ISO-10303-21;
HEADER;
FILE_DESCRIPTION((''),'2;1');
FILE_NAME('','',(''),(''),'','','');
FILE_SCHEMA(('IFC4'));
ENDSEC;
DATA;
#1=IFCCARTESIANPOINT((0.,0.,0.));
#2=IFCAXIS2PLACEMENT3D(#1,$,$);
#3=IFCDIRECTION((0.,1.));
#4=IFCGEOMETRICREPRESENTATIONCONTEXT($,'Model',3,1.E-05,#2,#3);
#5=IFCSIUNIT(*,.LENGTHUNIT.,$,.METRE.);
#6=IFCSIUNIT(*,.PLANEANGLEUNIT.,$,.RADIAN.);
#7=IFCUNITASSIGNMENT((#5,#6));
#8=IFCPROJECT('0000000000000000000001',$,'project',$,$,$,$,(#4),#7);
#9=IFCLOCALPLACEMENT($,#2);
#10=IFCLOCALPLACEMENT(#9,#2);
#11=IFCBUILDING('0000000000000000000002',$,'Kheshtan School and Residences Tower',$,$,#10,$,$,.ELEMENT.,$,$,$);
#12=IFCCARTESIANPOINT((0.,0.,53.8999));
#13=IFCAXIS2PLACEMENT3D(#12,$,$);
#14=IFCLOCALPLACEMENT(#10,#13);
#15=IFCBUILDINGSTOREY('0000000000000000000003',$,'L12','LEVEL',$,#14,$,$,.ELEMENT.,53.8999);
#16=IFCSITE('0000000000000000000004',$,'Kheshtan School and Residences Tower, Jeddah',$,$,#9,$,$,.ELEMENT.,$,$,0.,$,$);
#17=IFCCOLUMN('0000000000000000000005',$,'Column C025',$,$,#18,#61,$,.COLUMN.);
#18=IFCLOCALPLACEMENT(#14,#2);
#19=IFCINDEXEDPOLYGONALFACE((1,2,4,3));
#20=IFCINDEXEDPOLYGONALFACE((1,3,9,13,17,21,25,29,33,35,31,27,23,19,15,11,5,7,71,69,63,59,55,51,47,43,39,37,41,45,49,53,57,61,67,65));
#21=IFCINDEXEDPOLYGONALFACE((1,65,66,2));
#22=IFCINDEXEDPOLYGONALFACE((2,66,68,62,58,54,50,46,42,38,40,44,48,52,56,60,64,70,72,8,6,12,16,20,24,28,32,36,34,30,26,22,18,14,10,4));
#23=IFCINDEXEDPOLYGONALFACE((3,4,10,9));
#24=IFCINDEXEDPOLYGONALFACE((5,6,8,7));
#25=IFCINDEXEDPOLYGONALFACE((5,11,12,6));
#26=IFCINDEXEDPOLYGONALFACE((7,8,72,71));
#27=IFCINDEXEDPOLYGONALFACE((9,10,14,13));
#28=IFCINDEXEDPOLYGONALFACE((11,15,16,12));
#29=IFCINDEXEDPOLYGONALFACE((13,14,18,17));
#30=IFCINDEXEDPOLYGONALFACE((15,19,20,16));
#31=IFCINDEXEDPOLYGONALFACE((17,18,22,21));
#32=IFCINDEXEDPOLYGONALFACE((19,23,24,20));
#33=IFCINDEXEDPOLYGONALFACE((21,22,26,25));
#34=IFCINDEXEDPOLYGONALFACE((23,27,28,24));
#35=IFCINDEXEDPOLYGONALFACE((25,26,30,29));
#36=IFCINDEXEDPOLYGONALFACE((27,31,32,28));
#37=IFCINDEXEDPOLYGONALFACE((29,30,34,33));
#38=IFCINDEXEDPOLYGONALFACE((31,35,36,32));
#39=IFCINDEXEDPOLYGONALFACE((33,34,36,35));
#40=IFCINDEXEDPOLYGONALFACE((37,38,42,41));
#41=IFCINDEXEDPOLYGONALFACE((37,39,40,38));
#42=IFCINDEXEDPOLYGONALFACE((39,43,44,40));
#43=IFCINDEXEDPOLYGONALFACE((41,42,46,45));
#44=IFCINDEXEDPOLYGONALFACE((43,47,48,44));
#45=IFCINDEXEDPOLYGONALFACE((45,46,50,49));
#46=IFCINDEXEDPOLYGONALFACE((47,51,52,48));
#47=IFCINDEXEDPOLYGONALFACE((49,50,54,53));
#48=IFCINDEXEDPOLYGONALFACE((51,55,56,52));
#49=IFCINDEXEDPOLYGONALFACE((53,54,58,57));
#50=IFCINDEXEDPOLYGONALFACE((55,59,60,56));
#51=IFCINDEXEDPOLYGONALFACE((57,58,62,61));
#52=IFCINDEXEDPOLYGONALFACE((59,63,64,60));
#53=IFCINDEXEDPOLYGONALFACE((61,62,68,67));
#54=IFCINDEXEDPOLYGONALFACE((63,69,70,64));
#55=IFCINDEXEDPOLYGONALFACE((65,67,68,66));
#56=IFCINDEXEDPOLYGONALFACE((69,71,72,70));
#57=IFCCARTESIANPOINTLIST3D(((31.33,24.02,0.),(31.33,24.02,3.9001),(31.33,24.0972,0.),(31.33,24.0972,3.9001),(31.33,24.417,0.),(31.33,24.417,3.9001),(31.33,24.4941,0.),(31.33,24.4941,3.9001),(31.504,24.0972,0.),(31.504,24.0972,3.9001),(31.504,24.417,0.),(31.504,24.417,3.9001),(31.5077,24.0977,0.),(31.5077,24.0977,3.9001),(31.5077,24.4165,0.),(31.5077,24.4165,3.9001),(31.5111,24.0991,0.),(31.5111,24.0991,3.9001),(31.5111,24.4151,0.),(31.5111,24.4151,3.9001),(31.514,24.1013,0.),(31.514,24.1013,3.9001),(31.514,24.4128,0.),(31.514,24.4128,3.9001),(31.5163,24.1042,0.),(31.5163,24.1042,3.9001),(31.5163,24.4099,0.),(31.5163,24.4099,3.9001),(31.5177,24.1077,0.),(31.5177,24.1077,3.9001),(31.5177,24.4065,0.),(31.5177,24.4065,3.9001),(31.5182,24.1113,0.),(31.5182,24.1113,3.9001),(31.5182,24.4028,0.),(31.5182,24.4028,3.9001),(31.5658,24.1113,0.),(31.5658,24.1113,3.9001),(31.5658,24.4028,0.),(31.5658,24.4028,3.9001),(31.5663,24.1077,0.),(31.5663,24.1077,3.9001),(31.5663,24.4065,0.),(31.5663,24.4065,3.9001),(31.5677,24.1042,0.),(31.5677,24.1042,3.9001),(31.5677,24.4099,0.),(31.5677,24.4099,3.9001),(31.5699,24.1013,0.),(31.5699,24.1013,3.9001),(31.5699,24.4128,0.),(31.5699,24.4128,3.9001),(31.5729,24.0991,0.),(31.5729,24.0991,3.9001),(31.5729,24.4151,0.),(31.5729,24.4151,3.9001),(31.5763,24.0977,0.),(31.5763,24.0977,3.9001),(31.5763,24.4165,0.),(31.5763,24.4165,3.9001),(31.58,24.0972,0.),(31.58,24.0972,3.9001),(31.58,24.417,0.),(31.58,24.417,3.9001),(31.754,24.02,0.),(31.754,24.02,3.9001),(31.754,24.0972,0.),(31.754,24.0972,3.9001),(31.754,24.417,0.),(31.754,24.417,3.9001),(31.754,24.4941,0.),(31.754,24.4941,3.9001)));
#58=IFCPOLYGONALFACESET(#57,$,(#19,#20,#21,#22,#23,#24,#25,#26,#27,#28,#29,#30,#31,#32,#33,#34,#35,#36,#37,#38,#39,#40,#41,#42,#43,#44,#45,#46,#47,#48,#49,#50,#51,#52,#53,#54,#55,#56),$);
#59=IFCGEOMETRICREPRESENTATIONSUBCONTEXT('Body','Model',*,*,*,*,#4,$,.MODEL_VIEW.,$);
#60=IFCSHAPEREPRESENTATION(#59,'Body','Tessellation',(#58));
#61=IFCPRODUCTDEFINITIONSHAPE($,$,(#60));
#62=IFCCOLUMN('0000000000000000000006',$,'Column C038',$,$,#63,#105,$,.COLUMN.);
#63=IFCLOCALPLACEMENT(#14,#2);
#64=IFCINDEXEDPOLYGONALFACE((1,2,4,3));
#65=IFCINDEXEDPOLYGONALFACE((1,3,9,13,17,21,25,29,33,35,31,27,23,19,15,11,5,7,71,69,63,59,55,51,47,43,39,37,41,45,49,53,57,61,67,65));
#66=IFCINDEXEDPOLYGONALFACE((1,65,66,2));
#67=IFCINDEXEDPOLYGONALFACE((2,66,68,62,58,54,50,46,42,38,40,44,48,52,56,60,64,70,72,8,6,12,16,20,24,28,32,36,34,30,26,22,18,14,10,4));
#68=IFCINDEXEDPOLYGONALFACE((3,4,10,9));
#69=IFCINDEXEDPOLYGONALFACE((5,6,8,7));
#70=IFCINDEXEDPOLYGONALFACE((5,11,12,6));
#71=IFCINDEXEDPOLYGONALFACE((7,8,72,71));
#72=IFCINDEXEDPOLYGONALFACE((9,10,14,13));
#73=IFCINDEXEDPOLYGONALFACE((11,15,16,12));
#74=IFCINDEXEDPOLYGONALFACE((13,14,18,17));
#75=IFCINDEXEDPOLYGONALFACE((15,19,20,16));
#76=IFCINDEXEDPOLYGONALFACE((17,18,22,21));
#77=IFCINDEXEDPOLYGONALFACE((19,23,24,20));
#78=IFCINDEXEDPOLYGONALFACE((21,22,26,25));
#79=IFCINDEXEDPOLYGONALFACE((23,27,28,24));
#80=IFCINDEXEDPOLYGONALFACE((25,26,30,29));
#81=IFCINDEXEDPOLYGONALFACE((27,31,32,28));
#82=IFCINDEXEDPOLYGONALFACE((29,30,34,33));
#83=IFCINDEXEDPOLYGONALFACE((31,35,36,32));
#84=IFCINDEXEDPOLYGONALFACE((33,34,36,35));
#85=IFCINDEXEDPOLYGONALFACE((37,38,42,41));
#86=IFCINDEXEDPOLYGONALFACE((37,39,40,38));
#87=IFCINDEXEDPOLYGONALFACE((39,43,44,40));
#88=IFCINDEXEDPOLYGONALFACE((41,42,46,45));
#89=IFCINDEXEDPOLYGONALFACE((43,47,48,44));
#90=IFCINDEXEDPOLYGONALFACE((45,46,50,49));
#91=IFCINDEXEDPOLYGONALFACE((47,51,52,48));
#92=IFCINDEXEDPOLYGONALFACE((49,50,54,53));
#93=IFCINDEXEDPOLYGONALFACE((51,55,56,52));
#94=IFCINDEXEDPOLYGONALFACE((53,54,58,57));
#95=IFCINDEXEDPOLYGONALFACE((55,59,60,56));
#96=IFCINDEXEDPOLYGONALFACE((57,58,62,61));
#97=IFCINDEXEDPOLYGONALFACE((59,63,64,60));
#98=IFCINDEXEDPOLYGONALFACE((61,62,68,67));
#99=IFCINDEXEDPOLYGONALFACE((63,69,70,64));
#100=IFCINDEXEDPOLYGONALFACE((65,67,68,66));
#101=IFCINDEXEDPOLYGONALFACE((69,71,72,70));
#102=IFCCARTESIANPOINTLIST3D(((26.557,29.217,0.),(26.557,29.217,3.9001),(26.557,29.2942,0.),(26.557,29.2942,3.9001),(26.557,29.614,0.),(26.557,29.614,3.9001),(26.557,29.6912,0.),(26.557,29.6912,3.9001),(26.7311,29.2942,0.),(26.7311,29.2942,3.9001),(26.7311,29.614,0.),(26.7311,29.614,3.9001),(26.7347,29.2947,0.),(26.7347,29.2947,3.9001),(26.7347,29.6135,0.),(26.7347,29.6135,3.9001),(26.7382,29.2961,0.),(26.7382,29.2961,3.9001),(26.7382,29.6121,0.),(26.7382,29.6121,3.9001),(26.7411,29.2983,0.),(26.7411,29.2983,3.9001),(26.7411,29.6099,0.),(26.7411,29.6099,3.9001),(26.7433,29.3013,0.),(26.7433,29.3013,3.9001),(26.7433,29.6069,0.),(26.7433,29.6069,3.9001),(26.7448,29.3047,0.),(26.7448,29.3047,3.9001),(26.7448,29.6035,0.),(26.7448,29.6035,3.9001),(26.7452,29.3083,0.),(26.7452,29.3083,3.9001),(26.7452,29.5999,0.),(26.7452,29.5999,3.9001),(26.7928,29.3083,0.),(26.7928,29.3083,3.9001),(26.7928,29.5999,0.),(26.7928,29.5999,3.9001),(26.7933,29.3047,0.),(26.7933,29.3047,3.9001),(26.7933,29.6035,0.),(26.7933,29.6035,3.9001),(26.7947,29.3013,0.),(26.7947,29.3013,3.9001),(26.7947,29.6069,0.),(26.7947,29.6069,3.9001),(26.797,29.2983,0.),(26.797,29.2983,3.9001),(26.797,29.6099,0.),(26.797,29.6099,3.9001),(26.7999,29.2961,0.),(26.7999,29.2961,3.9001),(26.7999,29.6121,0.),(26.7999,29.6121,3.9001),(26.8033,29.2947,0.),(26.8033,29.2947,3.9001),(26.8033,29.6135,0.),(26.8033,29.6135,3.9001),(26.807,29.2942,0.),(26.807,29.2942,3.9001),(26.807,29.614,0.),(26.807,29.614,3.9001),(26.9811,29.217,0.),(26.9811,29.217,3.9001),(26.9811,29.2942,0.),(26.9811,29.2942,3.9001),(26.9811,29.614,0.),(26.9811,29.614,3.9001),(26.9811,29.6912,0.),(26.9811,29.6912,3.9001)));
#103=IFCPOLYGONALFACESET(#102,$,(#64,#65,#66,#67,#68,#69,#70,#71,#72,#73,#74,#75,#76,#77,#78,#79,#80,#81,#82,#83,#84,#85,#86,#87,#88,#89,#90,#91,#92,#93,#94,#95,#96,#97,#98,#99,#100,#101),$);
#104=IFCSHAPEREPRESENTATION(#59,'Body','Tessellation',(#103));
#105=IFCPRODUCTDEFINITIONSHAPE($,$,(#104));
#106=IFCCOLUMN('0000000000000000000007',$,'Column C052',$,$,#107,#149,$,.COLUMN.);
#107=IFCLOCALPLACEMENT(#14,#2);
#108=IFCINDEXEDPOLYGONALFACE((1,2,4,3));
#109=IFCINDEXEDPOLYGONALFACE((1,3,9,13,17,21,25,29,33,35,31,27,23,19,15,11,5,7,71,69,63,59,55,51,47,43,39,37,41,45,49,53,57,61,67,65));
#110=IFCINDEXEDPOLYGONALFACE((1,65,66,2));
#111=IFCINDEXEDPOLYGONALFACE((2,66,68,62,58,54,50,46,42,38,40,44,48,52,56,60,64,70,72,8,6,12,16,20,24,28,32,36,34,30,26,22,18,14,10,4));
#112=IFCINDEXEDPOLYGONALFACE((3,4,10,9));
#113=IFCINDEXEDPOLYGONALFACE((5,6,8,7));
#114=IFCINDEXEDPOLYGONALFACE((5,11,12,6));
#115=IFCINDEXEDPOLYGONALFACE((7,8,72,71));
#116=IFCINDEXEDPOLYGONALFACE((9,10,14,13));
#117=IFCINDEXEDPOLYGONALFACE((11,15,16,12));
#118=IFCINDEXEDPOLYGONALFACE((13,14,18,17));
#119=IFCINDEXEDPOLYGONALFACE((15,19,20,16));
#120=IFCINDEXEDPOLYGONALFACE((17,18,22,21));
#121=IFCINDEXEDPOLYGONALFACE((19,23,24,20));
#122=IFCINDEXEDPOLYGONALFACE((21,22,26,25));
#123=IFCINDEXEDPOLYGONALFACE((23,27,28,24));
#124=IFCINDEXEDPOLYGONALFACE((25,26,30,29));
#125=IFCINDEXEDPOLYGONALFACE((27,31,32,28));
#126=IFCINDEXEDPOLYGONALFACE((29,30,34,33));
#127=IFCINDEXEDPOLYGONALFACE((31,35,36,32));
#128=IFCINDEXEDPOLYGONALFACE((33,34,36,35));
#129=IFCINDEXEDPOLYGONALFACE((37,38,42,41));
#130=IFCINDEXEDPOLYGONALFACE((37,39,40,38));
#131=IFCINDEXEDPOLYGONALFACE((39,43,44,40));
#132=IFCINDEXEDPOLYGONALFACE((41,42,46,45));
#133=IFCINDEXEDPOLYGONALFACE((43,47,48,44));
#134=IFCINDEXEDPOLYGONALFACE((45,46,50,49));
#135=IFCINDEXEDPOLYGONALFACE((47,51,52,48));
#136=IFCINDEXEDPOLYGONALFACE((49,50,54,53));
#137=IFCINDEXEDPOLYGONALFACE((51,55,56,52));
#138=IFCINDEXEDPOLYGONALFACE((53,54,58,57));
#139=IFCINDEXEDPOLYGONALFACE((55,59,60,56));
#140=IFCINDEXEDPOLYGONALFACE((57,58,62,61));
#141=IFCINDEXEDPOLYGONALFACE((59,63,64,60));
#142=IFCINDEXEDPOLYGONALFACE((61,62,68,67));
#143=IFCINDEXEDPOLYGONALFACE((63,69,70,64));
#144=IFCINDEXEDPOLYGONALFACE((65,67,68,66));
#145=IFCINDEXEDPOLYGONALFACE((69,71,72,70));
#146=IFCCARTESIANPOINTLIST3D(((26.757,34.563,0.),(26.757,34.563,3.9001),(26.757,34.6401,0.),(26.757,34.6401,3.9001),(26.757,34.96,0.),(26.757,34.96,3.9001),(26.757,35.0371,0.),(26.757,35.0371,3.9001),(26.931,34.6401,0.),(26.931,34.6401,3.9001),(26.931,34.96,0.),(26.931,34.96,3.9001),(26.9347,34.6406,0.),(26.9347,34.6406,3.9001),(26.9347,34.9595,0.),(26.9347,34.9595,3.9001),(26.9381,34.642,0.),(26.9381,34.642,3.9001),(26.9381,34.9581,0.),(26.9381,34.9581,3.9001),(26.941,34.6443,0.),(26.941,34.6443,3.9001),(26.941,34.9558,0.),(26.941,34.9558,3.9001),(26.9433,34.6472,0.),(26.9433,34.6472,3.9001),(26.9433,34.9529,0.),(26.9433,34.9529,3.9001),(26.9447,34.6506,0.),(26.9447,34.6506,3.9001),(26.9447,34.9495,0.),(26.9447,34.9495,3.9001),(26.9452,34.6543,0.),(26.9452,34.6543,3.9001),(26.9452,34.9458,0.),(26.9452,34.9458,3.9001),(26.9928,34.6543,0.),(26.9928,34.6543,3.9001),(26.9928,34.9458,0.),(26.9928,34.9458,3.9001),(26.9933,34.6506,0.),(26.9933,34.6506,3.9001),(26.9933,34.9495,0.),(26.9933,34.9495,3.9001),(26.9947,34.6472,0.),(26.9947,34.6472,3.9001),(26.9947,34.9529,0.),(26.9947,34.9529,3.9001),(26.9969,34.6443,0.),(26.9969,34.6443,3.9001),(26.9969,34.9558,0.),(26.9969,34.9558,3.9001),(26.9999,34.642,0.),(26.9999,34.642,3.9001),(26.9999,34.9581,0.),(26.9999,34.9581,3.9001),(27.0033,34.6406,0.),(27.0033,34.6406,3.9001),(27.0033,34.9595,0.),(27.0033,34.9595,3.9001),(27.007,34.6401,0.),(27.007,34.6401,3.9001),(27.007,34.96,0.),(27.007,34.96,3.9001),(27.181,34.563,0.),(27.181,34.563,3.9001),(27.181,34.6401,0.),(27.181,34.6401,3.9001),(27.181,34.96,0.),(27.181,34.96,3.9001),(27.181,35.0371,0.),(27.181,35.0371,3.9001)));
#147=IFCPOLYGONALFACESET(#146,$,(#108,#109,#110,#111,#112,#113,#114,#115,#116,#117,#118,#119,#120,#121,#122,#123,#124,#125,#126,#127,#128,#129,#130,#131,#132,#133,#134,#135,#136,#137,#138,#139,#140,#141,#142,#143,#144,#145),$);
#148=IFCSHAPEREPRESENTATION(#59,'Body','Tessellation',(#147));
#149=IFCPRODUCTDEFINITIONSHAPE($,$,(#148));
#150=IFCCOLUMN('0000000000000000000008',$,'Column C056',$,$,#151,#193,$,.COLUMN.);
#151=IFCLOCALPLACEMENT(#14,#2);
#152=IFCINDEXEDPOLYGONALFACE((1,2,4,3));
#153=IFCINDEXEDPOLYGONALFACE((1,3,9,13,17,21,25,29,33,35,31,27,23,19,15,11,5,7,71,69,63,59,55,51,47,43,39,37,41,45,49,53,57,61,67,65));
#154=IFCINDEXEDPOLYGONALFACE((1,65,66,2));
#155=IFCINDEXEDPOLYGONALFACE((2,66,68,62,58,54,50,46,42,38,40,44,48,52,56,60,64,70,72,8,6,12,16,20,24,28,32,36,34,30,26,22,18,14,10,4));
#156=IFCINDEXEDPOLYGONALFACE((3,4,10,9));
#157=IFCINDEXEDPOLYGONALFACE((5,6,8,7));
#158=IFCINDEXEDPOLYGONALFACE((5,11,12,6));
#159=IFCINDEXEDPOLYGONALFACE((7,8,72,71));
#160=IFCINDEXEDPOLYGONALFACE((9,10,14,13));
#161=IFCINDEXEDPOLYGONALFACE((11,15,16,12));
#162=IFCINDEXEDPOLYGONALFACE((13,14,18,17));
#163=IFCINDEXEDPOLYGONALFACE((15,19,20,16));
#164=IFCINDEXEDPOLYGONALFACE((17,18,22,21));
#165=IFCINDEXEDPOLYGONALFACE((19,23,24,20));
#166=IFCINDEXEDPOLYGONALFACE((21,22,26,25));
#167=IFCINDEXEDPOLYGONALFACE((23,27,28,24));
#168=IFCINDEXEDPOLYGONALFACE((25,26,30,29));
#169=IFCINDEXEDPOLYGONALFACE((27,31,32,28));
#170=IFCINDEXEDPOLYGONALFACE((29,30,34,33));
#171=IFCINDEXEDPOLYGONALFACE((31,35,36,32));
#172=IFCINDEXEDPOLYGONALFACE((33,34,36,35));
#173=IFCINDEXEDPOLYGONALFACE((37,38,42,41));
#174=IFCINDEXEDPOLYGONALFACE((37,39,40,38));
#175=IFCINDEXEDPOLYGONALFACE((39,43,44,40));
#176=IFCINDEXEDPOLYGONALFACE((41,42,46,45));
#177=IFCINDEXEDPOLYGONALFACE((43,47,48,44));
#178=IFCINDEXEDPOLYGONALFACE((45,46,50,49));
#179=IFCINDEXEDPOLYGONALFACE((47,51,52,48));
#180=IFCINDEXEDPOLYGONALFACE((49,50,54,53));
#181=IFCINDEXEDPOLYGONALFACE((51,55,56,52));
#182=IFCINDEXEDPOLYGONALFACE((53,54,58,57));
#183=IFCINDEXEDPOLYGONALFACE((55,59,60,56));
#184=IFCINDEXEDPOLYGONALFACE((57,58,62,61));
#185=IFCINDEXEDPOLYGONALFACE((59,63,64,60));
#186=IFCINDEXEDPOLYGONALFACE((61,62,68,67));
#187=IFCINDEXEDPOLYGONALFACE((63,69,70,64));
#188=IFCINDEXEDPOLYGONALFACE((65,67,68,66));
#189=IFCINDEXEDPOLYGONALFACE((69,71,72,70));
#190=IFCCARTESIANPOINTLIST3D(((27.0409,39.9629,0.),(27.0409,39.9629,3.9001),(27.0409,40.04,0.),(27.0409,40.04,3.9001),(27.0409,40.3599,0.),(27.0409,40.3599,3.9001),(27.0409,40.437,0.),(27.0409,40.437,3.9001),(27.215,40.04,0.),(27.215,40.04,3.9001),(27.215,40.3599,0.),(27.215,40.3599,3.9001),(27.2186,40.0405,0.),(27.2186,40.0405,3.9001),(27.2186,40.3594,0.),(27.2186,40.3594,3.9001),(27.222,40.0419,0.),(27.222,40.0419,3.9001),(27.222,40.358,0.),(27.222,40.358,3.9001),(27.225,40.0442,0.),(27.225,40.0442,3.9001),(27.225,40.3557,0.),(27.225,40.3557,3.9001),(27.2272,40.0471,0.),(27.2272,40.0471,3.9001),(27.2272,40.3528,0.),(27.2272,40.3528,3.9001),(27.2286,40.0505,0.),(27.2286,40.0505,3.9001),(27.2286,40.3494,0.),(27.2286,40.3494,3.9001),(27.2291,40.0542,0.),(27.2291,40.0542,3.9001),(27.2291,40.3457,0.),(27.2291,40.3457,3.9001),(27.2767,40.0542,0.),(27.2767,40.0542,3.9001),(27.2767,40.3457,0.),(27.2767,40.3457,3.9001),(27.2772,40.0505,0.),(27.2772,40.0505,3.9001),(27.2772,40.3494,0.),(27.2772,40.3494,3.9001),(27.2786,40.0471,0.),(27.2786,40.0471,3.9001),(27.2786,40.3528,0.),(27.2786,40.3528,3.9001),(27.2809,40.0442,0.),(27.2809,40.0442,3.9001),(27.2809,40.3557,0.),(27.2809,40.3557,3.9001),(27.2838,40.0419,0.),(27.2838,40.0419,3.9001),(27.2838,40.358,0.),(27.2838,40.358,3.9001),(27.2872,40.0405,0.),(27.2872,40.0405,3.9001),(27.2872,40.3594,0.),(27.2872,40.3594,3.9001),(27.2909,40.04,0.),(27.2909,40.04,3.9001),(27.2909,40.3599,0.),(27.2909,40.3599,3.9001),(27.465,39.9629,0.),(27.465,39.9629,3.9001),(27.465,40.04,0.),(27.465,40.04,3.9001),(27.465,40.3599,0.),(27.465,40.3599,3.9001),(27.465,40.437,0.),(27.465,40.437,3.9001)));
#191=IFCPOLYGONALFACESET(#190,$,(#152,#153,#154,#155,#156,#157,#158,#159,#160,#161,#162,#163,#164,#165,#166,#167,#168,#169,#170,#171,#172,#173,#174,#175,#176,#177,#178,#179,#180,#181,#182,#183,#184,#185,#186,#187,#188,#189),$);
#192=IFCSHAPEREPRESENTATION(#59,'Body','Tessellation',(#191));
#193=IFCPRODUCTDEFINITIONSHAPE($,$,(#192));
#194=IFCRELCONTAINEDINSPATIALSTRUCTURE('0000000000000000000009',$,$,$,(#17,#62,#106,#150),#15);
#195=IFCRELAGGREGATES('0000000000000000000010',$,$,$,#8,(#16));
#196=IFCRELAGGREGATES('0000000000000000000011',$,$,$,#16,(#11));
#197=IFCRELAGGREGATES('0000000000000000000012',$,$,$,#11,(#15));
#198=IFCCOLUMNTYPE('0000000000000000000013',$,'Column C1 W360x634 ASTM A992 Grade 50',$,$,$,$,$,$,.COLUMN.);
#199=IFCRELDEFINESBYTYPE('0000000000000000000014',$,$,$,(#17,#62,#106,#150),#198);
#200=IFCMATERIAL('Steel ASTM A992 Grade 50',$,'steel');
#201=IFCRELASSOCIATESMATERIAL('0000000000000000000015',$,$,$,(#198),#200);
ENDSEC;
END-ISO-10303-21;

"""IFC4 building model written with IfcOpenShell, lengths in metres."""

from ifc_helpers import new_model, si_unit, direction, frame, origin, origin_2d, place, context, subcontext, project, spatial, i_section, extrude, material, material_profile, profile_set, type_object, element, save


model = new_model("IFC4")

# Units and contexts
model_context = context("Model", 3, precision=1e-05, world=origin(), true_north=direction((0.0, 1.0)))
body_context = subcontext(model_context, "Body", "Model", "MODEL_VIEW")
ifc_project = project(units=[si_unit("LENGTHUNIT", "METRE"), si_unit("PLANEANGLEUNIT", "RADIAN")], contexts=[model_context])

# Site, building, storey
site_placement = place(None, origin())
site = spatial("IfcSite", under=ifc_project, at=site_placement, Name="Kheshtan School and Residences Tower, Jeddah", CompositionType="ELEMENT", RefElevation=0.0)
building_placement = place(site_placement, origin())
building = spatial("IfcBuilding", under=site, at=building_placement, Name="Kheshtan School and Residences Tower", CompositionType="ELEMENT")
storey_placement = place(building_placement, frame((0.0, 0.0, 53.8999)))
storey = spatial("IfcBuildingStorey", under=building, at=storey_placement, Name="L12", Description="LEVEL", CompositionType="ELEMENT", Elevation=53.8999)

# Columns
ifc_material_1 = material(Name="Steel ASTM A992 Grade 50", Category="steel")
ifc_material_profile_1 = material_profile(ifc_material_1, i_section(OverallWidth=0.4241, OverallDepth=0.4741, WebThickness=0.0476, FlangeThickness=0.0771, FilletRadius=0.0142, at=origin_2d()), Name="W360x634")
ifc_profile_set_1 = profile_set([ifc_material_profile_1], Name="Steel ASTM A992 Grade 50")
column_type = type_object("IfcColumnType", Name="Column C1 W360x634 ASTM A992 Grade 50", PredefinedType="COLUMN", material=ifc_profile_set_1)
for number, where, z_axis, x_axis, name in (
    (1, (31.542, 24.2571, 0.0), (0.0, 0.0, 1.0), (1.0, 0.0, 0.0), "Column C025"),
    (2, (26.769, 29.4541, 0.0), (0.0, 0.0, 1.0), (1.0, 0.0, 0.0), "Column C038"),
    (3, (26.969, 34.8, 0.0), (0.0, 0.0, 1.0), (1.0, 0.0, 0.0), "Column C052"),
    (4, (27.2529, 40.2, 0.0), (0.0, 0.0, 1.0), (1.0, 0.0, 0.0), "Column C056"),
):
    element("IfcColumn", number, at=place(storey_placement, frame(where, z_axis=z_axis, x_axis=x_axis)), inside=storey, type_object=column_type, Name=name, PredefinedType="COLUMN", context=body_context, shape_type="SweptSolid", body=[
        extrude(i_section(OverallWidth=0.4241, OverallDepth=0.4741, WebThickness=0.0476, FlangeThickness=0.0771, FilletRadius=0.0142, at=origin_2d()), origin(), (0.0, 0.0, 1.0), 3.9001),
    ])

save(model, "model.ifc")
